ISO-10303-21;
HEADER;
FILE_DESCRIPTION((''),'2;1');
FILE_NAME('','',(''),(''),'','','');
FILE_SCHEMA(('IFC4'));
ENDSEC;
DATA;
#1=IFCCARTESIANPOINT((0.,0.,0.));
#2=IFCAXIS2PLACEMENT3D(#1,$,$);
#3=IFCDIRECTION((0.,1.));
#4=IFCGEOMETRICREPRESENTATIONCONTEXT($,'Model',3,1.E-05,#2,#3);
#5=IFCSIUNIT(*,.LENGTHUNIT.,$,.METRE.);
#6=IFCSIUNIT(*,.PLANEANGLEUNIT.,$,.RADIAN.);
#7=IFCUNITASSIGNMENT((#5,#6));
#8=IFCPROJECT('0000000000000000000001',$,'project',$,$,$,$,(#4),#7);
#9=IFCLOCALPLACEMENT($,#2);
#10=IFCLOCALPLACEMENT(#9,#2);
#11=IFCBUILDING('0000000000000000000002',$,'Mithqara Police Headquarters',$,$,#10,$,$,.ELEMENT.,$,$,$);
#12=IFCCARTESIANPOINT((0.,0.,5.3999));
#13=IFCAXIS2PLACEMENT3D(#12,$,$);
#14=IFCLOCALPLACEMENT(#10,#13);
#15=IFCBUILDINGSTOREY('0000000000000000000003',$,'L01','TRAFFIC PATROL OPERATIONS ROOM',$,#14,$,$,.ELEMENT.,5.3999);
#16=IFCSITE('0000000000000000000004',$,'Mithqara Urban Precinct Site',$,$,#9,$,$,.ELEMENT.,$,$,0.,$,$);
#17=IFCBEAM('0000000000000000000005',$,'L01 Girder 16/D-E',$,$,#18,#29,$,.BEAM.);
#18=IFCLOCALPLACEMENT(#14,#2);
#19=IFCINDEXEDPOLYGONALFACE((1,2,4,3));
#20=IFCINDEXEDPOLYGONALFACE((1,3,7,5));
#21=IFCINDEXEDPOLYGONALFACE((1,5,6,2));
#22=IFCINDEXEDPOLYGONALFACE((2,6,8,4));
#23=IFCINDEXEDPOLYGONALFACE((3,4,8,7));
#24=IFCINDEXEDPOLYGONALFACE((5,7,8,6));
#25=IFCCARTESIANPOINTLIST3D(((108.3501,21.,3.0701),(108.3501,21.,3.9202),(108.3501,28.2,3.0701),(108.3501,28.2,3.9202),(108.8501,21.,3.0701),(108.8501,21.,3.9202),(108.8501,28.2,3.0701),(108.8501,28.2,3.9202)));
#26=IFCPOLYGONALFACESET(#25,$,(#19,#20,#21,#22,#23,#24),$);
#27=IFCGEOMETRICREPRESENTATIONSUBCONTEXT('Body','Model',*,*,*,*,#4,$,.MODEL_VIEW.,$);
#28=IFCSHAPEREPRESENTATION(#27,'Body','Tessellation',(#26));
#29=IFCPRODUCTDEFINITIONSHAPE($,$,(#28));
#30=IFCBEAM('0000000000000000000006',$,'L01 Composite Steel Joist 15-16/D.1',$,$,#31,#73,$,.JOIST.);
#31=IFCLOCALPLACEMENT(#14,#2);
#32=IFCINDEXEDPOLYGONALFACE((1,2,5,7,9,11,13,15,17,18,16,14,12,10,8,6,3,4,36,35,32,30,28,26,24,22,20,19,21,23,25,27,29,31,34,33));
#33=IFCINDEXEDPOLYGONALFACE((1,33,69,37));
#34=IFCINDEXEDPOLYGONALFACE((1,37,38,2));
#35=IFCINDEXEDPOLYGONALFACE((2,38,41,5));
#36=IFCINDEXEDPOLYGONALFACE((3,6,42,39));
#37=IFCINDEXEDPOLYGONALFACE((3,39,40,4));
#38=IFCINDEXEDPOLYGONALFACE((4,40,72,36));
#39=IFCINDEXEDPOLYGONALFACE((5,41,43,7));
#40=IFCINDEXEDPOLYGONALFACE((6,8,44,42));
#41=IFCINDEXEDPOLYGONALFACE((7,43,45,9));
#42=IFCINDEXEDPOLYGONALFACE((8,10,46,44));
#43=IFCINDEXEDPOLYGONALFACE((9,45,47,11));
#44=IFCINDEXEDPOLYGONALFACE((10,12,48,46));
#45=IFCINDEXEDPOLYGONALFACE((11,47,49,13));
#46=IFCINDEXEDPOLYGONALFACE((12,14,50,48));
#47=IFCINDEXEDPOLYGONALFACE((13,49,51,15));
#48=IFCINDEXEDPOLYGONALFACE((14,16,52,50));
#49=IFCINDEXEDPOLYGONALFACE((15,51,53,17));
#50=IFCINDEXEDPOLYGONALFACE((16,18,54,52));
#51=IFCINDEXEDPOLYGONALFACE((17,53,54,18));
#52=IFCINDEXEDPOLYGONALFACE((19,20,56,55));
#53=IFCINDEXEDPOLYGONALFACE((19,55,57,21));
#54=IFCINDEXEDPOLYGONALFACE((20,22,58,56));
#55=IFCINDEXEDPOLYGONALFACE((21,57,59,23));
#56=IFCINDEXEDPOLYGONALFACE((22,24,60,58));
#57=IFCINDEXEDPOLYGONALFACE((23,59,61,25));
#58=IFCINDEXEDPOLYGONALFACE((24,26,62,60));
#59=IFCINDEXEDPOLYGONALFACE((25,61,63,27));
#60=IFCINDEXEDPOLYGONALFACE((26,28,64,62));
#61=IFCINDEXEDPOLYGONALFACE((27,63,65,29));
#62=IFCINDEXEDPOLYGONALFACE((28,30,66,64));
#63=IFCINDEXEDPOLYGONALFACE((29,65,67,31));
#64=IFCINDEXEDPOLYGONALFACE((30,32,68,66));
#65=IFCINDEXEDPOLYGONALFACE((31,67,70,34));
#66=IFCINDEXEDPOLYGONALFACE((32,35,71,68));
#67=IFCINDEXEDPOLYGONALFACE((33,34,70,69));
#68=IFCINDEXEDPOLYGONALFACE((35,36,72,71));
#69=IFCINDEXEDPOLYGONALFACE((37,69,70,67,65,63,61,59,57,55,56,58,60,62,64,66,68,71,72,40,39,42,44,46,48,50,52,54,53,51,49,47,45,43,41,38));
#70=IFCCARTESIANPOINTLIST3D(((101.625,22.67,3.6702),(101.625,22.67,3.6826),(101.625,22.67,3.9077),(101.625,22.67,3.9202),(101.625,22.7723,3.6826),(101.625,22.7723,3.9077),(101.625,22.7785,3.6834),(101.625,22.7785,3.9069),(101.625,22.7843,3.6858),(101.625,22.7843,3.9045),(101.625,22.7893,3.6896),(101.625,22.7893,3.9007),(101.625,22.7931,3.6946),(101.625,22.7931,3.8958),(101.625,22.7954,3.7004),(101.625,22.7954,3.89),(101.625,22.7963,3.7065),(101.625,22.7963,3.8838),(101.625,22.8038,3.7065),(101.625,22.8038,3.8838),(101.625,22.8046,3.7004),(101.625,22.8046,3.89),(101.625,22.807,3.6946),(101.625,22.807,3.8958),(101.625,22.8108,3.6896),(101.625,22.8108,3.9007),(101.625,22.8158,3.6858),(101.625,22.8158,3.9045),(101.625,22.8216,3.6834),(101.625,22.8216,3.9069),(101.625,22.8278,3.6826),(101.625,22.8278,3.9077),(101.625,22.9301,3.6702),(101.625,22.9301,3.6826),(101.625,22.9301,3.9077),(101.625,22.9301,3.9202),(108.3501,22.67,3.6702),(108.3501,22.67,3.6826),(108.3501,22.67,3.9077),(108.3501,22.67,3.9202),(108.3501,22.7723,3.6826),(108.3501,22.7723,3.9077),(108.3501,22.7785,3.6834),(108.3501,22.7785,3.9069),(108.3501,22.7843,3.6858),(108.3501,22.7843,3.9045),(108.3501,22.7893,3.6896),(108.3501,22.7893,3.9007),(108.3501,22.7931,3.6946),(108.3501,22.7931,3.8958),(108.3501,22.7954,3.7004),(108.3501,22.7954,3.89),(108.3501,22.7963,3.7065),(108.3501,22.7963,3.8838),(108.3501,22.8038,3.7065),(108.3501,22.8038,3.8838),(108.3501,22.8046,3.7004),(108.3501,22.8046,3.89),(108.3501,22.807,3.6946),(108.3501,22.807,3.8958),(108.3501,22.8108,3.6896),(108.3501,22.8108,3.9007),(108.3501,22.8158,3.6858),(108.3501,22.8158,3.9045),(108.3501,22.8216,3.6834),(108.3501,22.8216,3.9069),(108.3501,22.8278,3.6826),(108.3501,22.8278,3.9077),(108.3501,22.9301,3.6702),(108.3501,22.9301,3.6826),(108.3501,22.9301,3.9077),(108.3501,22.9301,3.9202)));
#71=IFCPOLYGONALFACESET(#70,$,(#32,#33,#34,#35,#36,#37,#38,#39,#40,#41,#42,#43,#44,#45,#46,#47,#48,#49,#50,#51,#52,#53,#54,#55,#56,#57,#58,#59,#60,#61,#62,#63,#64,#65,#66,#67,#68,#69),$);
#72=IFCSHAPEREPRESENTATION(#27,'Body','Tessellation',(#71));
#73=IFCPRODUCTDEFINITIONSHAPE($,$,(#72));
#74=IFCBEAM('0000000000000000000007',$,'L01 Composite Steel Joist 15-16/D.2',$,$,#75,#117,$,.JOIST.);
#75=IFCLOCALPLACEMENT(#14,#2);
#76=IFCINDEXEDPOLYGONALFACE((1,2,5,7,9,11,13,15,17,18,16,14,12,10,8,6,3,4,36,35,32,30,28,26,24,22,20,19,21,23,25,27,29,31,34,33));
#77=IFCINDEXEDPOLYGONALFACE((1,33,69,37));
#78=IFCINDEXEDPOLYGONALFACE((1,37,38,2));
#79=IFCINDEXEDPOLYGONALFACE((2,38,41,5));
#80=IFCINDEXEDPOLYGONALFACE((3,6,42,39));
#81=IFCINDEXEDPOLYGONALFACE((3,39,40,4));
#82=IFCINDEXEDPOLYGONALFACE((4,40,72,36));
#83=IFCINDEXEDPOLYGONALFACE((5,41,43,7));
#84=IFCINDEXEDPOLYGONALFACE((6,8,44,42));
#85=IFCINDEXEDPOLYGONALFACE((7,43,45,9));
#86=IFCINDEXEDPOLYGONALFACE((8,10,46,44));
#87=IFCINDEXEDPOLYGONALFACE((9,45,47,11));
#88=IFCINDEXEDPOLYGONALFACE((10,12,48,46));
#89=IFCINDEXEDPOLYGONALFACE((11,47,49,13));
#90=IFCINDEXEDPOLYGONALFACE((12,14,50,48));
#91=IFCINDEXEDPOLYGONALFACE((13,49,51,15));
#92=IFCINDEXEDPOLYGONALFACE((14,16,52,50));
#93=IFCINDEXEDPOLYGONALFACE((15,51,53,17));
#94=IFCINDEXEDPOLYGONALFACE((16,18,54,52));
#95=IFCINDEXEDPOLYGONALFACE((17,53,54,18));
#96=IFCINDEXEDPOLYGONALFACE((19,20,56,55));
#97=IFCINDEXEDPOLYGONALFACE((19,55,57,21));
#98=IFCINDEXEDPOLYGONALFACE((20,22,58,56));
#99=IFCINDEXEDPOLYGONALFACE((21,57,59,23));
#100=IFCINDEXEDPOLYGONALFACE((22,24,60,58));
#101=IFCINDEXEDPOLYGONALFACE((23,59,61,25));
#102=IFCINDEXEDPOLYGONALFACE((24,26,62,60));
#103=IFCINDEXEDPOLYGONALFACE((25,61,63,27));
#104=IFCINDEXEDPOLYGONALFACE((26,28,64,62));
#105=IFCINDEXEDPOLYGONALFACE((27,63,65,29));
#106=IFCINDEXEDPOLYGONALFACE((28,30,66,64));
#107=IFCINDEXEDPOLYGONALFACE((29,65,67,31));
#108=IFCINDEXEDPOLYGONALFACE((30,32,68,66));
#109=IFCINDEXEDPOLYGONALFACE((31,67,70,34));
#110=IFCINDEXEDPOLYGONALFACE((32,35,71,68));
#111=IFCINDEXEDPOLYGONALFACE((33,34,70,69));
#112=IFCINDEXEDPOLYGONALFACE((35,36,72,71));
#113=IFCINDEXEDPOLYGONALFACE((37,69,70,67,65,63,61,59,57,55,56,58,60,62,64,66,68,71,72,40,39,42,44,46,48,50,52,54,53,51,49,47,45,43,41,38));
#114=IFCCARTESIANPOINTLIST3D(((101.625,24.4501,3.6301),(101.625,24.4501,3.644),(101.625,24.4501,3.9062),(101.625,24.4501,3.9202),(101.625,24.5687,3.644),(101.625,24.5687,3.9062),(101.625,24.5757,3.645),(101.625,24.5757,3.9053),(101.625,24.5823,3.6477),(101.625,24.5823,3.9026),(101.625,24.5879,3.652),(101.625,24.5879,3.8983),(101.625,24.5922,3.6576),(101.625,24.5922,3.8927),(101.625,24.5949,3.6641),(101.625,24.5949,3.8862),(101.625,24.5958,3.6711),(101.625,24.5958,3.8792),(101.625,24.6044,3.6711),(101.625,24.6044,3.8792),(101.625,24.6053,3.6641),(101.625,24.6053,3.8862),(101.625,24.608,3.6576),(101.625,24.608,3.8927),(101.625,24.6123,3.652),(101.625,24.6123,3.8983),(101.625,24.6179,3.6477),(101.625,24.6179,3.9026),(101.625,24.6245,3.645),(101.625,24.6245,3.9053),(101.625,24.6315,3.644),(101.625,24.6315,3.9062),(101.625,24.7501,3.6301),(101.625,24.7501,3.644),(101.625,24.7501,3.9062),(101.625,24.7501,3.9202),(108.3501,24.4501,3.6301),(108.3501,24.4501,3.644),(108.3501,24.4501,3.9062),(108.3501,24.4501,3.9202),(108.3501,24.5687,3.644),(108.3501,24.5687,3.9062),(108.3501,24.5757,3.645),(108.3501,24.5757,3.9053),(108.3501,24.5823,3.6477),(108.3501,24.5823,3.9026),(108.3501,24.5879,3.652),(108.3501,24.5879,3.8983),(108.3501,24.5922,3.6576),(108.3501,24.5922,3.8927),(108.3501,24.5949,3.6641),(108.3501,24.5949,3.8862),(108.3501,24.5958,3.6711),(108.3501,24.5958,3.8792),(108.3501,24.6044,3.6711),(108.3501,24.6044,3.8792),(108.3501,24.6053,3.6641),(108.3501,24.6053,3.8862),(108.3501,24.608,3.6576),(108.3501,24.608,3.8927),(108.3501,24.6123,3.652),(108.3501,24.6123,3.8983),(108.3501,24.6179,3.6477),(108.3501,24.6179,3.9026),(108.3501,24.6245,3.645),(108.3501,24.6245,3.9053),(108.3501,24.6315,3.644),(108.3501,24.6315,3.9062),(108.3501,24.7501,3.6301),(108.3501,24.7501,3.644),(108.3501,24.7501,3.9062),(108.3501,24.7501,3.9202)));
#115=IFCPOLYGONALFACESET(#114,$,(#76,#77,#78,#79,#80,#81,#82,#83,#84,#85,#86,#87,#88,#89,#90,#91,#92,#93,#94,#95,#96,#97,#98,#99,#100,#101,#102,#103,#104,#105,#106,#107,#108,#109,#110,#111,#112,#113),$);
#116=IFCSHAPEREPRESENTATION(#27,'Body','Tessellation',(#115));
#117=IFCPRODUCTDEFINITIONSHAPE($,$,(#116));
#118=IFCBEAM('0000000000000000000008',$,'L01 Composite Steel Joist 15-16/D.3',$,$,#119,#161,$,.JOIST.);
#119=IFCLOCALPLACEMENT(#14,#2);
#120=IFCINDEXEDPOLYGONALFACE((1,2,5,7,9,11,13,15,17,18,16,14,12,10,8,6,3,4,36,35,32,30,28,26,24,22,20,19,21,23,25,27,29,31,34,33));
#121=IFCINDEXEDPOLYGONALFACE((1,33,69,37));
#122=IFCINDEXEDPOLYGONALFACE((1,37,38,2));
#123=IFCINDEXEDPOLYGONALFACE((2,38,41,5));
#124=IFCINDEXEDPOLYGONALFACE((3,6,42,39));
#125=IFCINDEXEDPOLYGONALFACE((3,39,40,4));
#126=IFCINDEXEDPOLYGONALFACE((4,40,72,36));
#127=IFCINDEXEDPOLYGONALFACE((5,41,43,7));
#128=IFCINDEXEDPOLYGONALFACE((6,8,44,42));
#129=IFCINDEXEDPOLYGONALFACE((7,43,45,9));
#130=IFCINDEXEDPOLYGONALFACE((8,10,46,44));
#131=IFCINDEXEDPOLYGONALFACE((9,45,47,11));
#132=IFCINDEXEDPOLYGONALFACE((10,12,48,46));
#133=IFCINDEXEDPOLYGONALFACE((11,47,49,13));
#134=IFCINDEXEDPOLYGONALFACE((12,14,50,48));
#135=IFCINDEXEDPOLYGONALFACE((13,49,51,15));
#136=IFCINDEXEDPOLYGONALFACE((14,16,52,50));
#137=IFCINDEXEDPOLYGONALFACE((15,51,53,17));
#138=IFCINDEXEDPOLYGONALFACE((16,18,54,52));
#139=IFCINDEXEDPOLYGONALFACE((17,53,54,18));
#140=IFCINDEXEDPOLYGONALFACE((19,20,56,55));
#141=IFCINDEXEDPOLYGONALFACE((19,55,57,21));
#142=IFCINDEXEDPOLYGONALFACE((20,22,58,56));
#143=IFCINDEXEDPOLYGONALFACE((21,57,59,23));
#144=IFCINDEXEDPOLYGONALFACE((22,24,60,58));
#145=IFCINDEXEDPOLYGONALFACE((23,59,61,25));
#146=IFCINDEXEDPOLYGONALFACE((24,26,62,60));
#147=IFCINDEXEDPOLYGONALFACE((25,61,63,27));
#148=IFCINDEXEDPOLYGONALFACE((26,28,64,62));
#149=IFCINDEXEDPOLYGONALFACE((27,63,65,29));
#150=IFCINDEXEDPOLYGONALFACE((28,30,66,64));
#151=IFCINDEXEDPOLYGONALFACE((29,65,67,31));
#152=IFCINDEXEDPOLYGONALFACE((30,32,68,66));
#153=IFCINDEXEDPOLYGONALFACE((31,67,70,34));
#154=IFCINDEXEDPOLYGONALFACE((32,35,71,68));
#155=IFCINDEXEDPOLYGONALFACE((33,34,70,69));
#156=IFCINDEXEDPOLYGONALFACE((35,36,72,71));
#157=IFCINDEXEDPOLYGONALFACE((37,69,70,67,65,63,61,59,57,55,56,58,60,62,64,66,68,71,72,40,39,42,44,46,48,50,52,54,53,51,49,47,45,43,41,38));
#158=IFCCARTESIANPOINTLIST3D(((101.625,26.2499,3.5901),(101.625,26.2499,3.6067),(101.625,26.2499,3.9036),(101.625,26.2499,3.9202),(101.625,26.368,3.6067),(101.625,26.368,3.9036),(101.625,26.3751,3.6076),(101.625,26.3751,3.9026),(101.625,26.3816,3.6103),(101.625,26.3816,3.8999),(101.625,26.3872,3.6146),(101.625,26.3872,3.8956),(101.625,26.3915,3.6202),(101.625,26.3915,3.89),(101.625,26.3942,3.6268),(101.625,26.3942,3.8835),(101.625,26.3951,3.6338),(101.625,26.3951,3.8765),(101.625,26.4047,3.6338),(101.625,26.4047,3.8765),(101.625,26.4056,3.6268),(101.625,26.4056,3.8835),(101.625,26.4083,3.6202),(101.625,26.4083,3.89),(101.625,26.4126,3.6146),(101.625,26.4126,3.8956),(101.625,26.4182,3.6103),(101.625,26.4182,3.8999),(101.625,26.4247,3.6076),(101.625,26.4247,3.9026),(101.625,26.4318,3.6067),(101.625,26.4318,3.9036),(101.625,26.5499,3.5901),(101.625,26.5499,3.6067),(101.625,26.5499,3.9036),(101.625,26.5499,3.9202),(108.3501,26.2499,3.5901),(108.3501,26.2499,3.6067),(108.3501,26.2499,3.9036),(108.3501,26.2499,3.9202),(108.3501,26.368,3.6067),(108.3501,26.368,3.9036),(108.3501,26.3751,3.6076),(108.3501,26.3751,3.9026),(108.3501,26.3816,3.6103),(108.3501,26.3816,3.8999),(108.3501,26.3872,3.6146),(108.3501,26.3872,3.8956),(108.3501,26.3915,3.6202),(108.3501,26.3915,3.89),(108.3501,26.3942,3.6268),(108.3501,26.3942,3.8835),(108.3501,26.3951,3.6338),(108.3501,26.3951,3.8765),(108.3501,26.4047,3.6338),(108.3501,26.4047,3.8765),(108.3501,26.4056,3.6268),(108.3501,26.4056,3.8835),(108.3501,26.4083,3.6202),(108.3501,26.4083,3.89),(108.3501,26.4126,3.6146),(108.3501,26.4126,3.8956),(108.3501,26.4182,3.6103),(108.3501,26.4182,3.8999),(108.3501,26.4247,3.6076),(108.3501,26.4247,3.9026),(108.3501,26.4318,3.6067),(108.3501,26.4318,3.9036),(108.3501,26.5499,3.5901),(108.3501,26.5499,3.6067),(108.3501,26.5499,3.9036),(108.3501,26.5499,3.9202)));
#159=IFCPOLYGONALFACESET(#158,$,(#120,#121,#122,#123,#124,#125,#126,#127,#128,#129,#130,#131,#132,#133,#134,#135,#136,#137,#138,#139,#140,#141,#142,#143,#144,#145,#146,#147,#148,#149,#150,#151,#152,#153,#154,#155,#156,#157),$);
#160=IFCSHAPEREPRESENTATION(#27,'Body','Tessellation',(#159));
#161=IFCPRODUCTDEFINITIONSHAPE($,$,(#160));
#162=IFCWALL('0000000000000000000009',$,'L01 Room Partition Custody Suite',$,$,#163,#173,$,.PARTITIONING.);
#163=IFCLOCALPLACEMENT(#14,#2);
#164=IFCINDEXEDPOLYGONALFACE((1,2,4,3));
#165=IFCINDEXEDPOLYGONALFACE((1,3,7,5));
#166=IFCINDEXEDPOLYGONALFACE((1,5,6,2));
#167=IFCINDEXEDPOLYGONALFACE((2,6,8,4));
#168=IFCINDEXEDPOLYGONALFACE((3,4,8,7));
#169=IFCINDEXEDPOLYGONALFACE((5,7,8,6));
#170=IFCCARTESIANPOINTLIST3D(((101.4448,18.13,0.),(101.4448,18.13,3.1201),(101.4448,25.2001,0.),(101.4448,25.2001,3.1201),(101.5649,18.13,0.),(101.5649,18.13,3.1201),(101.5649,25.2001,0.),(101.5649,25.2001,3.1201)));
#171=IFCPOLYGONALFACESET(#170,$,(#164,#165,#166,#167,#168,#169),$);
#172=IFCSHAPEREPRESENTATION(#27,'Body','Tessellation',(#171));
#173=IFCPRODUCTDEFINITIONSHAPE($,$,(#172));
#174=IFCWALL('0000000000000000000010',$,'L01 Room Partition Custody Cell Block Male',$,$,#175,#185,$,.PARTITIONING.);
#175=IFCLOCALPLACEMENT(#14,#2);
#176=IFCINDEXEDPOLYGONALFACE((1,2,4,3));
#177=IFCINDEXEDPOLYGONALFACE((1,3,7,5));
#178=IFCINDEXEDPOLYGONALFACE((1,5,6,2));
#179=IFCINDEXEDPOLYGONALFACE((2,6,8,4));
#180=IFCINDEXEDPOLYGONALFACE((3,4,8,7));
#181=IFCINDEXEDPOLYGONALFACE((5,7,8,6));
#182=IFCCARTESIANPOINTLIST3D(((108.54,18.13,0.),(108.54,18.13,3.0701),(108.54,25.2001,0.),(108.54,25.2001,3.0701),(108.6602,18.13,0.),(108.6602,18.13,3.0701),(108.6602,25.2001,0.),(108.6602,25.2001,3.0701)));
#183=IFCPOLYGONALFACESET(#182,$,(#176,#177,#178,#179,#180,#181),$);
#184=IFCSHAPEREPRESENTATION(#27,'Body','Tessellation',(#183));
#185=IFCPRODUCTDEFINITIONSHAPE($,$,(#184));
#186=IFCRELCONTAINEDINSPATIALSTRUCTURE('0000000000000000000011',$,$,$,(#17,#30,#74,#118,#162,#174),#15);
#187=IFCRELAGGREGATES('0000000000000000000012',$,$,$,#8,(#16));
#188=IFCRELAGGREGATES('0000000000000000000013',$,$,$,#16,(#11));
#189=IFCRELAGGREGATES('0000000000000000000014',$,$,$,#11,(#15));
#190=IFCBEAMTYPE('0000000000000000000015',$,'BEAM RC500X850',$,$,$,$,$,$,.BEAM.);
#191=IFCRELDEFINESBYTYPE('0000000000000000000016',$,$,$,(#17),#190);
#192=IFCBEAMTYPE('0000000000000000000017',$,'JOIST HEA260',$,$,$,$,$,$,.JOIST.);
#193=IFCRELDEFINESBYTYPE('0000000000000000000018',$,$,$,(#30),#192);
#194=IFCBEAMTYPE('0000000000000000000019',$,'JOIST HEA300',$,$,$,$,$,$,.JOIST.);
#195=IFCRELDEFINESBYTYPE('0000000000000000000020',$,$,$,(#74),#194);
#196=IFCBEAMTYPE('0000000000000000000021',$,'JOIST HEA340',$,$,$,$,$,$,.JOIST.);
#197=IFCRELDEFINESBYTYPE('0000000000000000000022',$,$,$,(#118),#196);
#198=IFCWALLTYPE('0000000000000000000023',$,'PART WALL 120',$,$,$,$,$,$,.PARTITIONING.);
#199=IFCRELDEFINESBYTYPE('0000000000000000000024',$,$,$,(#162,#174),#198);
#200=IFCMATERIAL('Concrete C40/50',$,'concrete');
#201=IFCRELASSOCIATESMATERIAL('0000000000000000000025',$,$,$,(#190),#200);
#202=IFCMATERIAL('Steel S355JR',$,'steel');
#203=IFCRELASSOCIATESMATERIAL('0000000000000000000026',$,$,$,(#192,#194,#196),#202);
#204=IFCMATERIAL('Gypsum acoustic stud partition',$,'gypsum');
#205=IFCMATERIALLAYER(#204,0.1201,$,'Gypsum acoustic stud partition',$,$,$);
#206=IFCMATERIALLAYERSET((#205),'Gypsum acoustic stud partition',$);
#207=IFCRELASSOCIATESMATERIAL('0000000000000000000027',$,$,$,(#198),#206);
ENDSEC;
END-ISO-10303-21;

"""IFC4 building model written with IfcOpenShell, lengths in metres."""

from ifc_helpers import new_model, si_unit, direction, frame, frame_2d, origin, origin_2d, place, context, subcontext, project, spatial, rectangle, i_section, extrude, material, layer, layer_set, material_profile, profile_set, type_object, element, save


model = new_model("IFC4")

# Units and contexts
model_context = context("Model", 3, precision=1e-05, world=origin(), true_north=direction((0.0, 1.0)))
body_context = subcontext(model_context, "Body", "Model", "MODEL_VIEW")
ifc_project = project(units=[si_unit("LENGTHUNIT", "METRE"), si_unit("PLANEANGLEUNIT", "RADIAN")], contexts=[model_context])

# Site, building, storey
site_placement = place(None, origin())
site = spatial("IfcSite", under=ifc_project, at=site_placement, Name="Mithqara Urban Precinct Site", CompositionType="ELEMENT", RefElevation=0.0)
building_placement = place(site_placement, origin())
building = spatial("IfcBuilding", under=site, at=building_placement, Name="Mithqara Police Headquarters", CompositionType="ELEMENT")
storey_placement = place(building_placement, frame((0.0, 0.0, 5.3999)))
storey = spatial("IfcBuildingStorey", under=building, at=storey_placement, Name="L01", Description="TRAFFIC PATROL OPERATIONS ROOM", CompositionType="ELEMENT", Elevation=5.3999)

# Beams
ifc_material_1 = material(Name="Steel S355JR", Category="steel")
ifc_material_2 = material(Name="Concrete C40/50", Category="concrete")
ifc_material_profile_1 = material_profile(ifc_material_2, rectangle(XDim=0.5, YDim=0.8501, at=origin_2d()), Name="RC 500x850")
ifc_profile_set_1 = profile_set([ifc_material_profile_1], Name="Concrete C40/50")
beam_type_1 = type_object("IfcBeamType", Name="BEAM RC500X850", PredefinedType="BEAM", material=ifc_profile_set_1)
beam_1_placement = place(storey_placement, frame((108.6001, 21.0, 3.4951), z_axis=(0.0, 1.0, 0.0), x_axis=(-1.0, 0.0, 0.0)))
element("IfcBeam", 1, at=beam_1_placement, inside=storey, type_object=beam_type_1, Name="L01 Girder 16/D-E", PredefinedType="BEAM", context=body_context, shape_type="SweptSolid", body=[
    extrude(rectangle(XDim=0.5, YDim=0.8501, at=origin_2d()), origin(), (0.0, 0.0, 1.0), 7.2),
])
ifc_material_profile_2 = material_profile(ifc_material_1, i_section(OverallWidth=0.26, OverallDepth=0.25, WebThickness=0.0076, FlangeThickness=0.0125, FilletRadius=0.0239, at=origin_2d()), Name="HEA 260")
ifc_profile_set_2 = profile_set([ifc_material_profile_2], Name="Steel S355JR")
beam_type_2 = type_object("IfcBeamType", Name="JOIST HEA260", PredefinedType="JOIST", material=ifc_profile_set_2)
beam_2_placement = place(storey_placement, frame((101.625, 22.8, 3.7952), z_axis=(1.0, 0.0, 0.0), x_axis=(0.0, 1.0, 0.0)))
element("IfcBeam", 2, at=beam_2_placement, inside=storey, type_object=beam_type_2, Name="L01 Composite Steel Joist 15-16/D.1", PredefinedType="JOIST", context=body_context, shape_type="SweptSolid", body=[
    extrude(i_section(OverallWidth=0.26, OverallDepth=0.25, WebThickness=0.0076, FlangeThickness=0.0125, FilletRadius=0.0239, at=origin_2d()), origin(), (0.0, 0.0, 1.0), 6.7251),
])
ifc_material_profile_3 = material_profile(ifc_material_1, i_section(OverallWidth=0.3, OverallDepth=0.29, WebThickness=0.0085, FlangeThickness=0.0139, FilletRadius=0.0271, at=origin_2d()), Name="HEA 300")
ifc_profile_set_3 = profile_set([ifc_material_profile_3], Name="Steel S355JR")
beam_type_3 = type_object("IfcBeamType", Name="JOIST HEA300", PredefinedType="JOIST", material=ifc_profile_set_3)
beam_3_placement = place(storey_placement, frame((101.625, 24.6001, 3.7751), z_axis=(1.0, 0.0, 0.0), x_axis=(0.0, 1.0, 0.0)))
element("IfcBeam", 3, at=beam_3_placement, inside=storey, type_object=beam_type_3, Name="L01 Composite Steel Joist 15-16/D.2", PredefinedType="JOIST", context=body_context, shape_type="SweptSolid", body=[
    extrude(i_section(OverallWidth=0.3, OverallDepth=0.29, WebThickness=0.0085, FlangeThickness=0.0139, FilletRadius=0.0271, at=origin_2d()), origin(), (0.0, 0.0, 1.0), 6.7251),
])
ifc_material_profile_4 = material_profile(ifc_material_1, i_section(OverallWidth=0.3, OverallDepth=0.3301, WebThickness=0.0095, FlangeThickness=0.0166, FilletRadius=0.0271, at=origin_2d()), Name="HEA 340")
ifc_profile_set_4 = profile_set([ifc_material_profile_4], Name="Steel S355JR")
beam_type_4 = type_object("IfcBeamType", Name="JOIST HEA340", PredefinedType="JOIST", material=ifc_profile_set_4)
beam_4_placement = place(storey_placement, frame((101.625, 26.3999, 3.7551), z_axis=(1.0, 0.0, 0.0), x_axis=(0.0, 1.0, 0.0)))
element("IfcBeam", 4, at=beam_4_placement, inside=storey, type_object=beam_type_4, Name="L01 Composite Steel Joist 15-16/D.3", PredefinedType="JOIST", context=body_context, shape_type="SweptSolid", body=[
    extrude(i_section(OverallWidth=0.3, OverallDepth=0.3301, WebThickness=0.0095, FlangeThickness=0.0166, FilletRadius=0.0271, at=origin_2d()), origin(), (0.0, 0.0, 1.0), 6.7251),
])

# Walls
ifc_material_3 = material(Name="Gypsum acoustic stud partition", Category="gypsum")
ifc_layer_1 = layer(ifc_material_3, 0.1201, Name="Gypsum acoustic stud partition")
ifc_layer_set_1 = layer_set([ifc_layer_1], Name="Gypsum acoustic stud partition")
wall_type_1 = type_object("IfcWallType", Name="PART WALL 120", PredefinedType="PARTITIONING", material=ifc_layer_set_1)
wall_1_placement = place(storey_placement, frame((101.5049, 18.1299, 0.0), z_axis=(0.0, 0.0, 1.0), x_axis=(0.0, 1.0, 0.0)))
element("IfcWall", 5, at=wall_1_placement, inside=storey, type_object=wall_type_1, Name="L01 Room Partition Custody Suite", PredefinedType="PARTITIONING", context=body_context, shape_type="SweptSolid", body=[
    extrude(rectangle(XDim=7.0701, YDim=0.1201, at=frame_2d((3.5352, 0.0))), origin(), (0.0, 0.0, 1.0), 3.1201),
])
wall_2_placement = place(storey_placement, frame((108.6001, 18.1299, 0.0), z_axis=(0.0, 0.0, 1.0), x_axis=(0.0, 1.0, 0.0)))
element("IfcWall", 6, at=wall_2_placement, inside=storey, type_object=wall_type_1, Name="L01 Room Partition Custody Cell Block Male", PredefinedType="PARTITIONING", context=body_context, shape_type="SweptSolid", body=[
    extrude(rectangle(XDim=7.0701, YDim=0.1201, at=frame_2d((3.5352, 0.0))), origin(), (0.0, 0.0, 1.0), 3.0701),
])

save(model, "model.ifc")
